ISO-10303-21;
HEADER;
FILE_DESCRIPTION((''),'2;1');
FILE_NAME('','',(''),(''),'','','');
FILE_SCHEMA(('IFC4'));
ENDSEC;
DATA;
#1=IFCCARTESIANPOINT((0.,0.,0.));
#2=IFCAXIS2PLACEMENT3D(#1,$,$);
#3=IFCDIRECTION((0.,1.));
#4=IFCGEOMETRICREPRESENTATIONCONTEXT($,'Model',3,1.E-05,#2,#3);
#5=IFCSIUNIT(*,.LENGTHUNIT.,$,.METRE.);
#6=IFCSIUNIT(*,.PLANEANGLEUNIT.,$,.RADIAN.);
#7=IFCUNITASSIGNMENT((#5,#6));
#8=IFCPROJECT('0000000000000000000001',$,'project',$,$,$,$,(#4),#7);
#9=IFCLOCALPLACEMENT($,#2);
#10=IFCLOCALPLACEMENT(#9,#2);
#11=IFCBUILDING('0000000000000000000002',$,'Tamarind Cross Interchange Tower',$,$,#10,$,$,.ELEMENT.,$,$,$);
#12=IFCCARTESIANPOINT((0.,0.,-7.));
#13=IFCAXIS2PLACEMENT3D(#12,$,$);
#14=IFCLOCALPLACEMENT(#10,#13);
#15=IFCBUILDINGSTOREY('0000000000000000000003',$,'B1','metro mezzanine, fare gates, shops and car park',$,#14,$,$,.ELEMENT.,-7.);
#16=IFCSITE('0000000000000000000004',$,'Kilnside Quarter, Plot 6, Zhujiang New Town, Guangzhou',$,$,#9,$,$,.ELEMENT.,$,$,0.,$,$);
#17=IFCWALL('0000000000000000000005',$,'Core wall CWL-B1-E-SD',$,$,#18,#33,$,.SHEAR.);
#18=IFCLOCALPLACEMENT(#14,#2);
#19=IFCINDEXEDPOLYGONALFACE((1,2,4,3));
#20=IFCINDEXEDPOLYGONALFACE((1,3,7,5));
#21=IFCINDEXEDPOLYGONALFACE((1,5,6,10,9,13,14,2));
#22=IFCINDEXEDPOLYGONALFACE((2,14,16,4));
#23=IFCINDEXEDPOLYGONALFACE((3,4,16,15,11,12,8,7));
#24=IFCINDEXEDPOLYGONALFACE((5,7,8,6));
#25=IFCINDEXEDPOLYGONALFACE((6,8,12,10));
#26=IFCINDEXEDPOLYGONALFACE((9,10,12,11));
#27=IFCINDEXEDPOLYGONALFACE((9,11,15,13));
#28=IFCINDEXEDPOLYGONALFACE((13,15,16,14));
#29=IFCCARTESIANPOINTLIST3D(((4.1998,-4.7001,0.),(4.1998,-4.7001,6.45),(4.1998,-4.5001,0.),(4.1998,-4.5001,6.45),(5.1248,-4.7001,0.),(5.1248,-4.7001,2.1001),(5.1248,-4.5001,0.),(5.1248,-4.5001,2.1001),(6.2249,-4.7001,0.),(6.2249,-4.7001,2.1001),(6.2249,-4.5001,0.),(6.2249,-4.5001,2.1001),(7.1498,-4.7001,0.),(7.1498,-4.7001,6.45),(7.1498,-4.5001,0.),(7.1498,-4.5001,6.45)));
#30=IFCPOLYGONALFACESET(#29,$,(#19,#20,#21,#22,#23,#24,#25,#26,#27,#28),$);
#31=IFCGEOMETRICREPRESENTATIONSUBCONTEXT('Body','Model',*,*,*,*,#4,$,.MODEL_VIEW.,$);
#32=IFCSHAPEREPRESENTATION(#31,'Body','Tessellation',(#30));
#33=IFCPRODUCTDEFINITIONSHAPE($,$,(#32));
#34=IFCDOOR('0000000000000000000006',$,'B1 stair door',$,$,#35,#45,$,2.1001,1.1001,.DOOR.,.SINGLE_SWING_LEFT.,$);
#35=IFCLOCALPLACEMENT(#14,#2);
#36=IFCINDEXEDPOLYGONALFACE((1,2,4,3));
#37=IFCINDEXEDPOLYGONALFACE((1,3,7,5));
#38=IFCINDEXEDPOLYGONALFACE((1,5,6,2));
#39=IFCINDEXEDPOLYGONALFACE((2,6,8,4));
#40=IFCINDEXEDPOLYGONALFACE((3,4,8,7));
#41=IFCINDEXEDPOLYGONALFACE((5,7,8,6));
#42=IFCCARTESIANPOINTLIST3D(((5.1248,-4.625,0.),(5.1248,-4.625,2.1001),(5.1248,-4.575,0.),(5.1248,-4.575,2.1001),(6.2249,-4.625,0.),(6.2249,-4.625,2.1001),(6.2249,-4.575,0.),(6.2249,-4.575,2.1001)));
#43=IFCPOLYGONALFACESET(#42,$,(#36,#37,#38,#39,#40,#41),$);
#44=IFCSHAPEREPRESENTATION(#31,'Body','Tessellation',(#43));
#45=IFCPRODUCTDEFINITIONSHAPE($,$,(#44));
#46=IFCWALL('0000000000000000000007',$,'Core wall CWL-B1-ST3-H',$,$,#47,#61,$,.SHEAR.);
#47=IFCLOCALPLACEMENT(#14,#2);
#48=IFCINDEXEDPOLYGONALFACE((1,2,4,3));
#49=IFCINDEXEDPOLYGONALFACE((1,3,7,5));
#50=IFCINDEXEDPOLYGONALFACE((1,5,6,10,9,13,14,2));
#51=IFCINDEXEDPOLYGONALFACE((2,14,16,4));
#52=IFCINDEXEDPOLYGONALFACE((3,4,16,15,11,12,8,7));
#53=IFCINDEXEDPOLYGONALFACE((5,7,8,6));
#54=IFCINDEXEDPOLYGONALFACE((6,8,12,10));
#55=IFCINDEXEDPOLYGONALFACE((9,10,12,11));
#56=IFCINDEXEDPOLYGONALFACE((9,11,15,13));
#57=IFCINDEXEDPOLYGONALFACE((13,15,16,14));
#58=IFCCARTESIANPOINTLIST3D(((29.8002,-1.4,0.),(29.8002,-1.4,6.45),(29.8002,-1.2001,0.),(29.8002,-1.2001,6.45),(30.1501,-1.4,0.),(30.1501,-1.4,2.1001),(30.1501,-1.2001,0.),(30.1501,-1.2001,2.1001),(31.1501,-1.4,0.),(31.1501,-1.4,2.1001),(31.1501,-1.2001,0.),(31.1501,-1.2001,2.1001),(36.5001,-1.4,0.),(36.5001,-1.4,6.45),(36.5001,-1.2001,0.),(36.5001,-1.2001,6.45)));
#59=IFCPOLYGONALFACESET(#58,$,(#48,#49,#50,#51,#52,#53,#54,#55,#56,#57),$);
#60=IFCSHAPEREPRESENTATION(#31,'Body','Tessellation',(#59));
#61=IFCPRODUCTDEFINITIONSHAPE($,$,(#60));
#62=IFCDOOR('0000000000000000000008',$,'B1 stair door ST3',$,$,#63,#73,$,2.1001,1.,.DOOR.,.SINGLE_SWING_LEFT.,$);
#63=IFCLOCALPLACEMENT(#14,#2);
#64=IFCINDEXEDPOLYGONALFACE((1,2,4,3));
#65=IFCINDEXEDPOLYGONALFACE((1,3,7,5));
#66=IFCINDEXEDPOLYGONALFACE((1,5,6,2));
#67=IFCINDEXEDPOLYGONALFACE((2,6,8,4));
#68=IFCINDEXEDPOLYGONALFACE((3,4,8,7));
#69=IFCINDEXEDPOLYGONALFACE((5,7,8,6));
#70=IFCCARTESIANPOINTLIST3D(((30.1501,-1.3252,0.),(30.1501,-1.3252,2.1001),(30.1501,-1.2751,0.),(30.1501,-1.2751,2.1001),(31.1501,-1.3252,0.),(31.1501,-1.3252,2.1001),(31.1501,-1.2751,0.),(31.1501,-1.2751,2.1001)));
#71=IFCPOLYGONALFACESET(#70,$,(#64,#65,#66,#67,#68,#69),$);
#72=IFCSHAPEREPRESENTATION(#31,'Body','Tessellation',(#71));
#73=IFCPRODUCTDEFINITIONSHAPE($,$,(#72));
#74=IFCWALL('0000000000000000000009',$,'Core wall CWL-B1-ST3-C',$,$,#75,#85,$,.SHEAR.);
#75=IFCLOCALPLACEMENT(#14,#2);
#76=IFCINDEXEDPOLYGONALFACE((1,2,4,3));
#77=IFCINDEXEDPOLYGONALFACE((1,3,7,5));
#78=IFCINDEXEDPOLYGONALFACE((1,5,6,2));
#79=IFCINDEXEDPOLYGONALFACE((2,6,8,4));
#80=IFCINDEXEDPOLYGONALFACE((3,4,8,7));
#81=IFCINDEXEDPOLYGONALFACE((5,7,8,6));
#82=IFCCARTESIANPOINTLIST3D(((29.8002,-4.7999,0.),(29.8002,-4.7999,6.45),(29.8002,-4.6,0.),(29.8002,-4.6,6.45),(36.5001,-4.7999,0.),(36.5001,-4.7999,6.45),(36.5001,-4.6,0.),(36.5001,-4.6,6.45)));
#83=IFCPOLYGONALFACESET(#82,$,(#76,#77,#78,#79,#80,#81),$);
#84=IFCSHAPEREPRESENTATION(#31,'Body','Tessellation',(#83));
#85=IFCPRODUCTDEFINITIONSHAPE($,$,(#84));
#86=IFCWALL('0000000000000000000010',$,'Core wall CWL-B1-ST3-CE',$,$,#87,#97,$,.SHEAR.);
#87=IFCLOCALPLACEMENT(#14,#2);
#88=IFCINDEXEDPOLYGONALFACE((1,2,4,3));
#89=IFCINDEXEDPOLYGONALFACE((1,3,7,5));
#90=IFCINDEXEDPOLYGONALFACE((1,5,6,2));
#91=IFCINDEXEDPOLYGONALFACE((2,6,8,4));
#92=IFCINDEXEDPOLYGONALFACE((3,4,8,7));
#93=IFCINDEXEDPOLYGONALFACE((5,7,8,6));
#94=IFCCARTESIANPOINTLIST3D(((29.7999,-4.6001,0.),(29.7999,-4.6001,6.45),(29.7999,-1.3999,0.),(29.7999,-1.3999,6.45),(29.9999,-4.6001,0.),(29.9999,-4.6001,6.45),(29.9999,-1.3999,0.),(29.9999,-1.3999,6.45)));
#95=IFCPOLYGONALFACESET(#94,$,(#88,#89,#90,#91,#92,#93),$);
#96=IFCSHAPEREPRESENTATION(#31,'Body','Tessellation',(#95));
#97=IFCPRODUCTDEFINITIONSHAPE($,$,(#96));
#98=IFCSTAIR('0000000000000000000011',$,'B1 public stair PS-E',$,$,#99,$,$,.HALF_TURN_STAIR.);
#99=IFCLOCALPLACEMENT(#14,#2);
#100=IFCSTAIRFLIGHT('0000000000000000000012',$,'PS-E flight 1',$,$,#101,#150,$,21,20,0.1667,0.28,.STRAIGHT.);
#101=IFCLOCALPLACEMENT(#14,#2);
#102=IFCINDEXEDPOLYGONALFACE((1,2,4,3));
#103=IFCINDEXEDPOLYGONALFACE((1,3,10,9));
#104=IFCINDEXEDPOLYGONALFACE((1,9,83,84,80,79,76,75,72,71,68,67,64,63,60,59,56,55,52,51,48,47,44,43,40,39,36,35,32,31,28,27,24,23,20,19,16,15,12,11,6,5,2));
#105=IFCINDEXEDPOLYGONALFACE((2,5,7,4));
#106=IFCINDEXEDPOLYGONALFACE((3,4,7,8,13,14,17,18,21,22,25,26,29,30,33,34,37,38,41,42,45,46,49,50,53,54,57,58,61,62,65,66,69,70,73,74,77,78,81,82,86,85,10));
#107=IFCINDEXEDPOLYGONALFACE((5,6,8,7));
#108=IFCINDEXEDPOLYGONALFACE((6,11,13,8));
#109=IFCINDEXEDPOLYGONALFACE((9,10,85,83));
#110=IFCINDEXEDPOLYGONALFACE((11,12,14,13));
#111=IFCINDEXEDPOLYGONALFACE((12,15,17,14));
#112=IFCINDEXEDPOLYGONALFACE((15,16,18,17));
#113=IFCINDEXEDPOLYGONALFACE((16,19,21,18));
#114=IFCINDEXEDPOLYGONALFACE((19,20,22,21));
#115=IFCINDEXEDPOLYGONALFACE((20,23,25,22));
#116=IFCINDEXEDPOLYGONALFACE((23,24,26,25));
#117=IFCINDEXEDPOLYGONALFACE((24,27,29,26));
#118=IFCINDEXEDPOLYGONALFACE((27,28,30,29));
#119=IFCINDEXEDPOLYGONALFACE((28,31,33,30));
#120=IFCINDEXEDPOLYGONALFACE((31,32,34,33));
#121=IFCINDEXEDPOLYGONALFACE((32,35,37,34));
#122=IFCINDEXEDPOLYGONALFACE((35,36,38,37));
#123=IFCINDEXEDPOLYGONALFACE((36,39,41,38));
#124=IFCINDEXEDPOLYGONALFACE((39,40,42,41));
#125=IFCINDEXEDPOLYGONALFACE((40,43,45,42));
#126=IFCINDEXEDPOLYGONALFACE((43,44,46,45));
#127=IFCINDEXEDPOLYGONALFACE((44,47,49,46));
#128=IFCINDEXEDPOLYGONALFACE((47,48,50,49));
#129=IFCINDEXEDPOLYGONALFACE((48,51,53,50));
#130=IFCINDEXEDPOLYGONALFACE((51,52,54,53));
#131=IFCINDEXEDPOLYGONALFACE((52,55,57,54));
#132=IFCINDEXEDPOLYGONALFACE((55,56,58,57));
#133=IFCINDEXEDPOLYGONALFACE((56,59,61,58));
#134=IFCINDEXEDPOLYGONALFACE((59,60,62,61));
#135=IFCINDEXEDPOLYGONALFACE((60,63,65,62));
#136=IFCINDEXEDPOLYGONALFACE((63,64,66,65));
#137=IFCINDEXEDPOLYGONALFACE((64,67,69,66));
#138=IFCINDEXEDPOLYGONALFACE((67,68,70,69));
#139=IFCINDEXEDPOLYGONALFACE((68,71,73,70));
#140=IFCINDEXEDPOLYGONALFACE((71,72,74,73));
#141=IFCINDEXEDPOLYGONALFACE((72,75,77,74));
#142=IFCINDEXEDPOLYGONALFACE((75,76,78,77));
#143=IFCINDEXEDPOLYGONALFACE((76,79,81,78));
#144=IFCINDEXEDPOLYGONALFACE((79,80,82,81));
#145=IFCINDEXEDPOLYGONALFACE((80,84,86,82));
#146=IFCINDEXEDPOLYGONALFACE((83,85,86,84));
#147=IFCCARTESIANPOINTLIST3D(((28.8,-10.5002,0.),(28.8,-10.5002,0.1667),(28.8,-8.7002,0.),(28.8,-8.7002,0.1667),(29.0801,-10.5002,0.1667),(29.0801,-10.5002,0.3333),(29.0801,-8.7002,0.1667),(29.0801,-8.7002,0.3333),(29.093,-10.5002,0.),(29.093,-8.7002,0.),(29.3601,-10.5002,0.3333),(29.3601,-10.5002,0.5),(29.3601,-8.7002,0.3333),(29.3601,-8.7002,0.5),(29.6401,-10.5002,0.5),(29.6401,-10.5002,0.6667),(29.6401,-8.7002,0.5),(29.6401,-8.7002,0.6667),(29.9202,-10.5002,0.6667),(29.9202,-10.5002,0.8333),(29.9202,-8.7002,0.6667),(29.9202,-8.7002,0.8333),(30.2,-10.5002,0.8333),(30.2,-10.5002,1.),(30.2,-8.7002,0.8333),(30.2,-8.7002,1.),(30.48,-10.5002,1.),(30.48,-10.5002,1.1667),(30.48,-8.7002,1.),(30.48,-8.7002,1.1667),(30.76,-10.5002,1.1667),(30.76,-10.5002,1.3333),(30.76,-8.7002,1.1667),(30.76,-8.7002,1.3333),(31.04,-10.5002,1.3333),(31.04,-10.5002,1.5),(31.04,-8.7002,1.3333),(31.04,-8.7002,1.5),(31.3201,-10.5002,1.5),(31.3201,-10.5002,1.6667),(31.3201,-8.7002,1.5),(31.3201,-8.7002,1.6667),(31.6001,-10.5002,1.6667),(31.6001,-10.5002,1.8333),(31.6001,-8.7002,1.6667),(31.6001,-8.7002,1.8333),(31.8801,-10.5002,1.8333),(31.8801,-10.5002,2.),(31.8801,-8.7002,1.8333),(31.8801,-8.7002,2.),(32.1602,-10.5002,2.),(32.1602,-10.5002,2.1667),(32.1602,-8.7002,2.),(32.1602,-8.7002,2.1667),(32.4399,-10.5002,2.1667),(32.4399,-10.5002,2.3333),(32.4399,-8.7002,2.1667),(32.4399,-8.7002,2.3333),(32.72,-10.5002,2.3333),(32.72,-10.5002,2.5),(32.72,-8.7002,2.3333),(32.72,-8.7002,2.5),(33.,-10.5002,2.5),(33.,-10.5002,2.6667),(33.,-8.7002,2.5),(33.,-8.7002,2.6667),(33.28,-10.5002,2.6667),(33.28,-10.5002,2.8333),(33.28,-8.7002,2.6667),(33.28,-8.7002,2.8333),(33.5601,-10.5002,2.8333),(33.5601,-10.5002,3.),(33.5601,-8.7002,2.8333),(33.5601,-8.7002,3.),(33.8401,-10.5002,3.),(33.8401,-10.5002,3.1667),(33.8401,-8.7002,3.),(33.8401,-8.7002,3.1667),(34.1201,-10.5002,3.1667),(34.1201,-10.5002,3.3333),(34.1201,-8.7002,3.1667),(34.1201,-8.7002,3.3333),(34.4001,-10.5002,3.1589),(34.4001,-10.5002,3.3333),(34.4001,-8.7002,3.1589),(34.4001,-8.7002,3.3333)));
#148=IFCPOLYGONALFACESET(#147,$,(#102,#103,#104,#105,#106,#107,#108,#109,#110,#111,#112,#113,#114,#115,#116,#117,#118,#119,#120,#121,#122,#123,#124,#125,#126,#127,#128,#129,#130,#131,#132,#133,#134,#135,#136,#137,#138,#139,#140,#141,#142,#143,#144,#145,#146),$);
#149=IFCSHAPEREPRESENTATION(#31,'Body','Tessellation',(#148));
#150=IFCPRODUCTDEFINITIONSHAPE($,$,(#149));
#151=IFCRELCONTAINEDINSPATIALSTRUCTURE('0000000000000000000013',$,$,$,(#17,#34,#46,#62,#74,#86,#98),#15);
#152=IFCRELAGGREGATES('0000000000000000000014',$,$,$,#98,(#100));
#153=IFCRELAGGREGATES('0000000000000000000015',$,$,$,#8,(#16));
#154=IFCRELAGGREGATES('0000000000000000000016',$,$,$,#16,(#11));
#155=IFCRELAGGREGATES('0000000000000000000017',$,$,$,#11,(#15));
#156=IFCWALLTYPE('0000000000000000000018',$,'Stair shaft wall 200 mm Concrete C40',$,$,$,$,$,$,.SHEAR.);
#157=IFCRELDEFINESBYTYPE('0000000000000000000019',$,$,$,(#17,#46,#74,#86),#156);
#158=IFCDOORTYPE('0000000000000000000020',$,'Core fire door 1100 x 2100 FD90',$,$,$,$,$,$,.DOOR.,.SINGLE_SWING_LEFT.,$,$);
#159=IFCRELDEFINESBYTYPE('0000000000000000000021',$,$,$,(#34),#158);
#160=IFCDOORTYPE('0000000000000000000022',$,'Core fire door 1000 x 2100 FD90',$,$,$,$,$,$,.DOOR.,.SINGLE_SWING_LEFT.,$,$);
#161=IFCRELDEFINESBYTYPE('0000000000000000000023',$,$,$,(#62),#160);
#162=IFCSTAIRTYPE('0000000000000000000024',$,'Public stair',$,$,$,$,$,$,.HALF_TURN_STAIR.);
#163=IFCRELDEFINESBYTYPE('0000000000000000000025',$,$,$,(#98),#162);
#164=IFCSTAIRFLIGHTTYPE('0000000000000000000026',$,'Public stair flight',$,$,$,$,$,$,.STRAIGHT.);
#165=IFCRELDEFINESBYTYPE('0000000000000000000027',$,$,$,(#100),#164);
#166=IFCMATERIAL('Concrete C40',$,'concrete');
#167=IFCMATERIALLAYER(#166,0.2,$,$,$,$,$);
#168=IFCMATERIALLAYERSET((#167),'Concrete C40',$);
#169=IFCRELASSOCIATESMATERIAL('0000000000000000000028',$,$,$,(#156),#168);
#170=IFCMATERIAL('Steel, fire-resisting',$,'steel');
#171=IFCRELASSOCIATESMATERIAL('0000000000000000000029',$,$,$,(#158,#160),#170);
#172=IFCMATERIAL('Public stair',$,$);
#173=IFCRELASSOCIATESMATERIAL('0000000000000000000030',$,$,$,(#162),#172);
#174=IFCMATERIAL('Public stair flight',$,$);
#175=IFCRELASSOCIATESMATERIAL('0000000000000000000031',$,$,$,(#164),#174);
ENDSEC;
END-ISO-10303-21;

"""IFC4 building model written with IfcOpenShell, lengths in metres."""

from ifc_helpers import new_model, si_unit, direction, frame, frame_2d, origin, place, context, subcontext, project, spatial, polyline, rectangle, outline, extrude, material, layer, layer_set, type_object, element, fill, aggregate, save


model = new_model("IFC4")

# Units and contexts
model_context = context("Model", 3, precision=1e-05, world=origin(), true_north=direction((0.0, 1.0)))
body_context = subcontext(model_context, "Body", "Model", "MODEL_VIEW")
ifc_project = project(units=[si_unit("LENGTHUNIT", "METRE"), si_unit("PLANEANGLEUNIT", "RADIAN")], contexts=[model_context])

# Site, building, storey
site_placement = place(None, origin())
site = spatial("IfcSite", under=ifc_project, at=site_placement, Name="Kilnside Quarter, Plot 6, Zhujiang New Town, Guangzhou", CompositionType="ELEMENT", RefElevation=0.0)
building_placement = place(site_placement, origin())
building = spatial("IfcBuilding", under=site, at=building_placement, Name="Tamarind Cross Interchange Tower", CompositionType="ELEMENT")
storey_placement = place(building_placement, frame((0.0, 0.0, -7.0)))
storey = spatial("IfcBuildingStorey", under=building, at=storey_placement, Name="B1", Description="metro mezzanine, fare gates, shops and car park", CompositionType="ELEMENT", Elevation=-7.0)

# Shared definitions
ifc_material_1 = material(Name="Steel, fire-resisting", Category="steel")

# Shared definitions
ifc_material_2 = material(Name="Concrete C40", Category="concrete")

# Walls, openings, doors
ifc_layer_1 = layer(ifc_material_2, 0.2)
ifc_layer_set_1 = layer_set([ifc_layer_1], Name="Concrete C40")
wall_type_1 = type_object("IfcWallType", Name="Stair shaft wall 200 mm Concrete C40", PredefinedType="SHEAR", material=ifc_layer_set_1)
wall_1_placement = place(storey_placement, frame((7.1499, -4.6001, 0.0), z_axis=(0.0, 0.0, 1.0), x_axis=(-1.0, 0.0, 0.0)))
wall_1 = element("IfcWall", 1, at=wall_1_placement, inside=storey, type_object=wall_type_1, Name="Core wall CWL-B1-E-SD", PredefinedType="SHEAR", context=body_context, shape_type="SweptSolid", body=[
    extrude(rectangle(XDim=2.95, YDim=0.2, at=frame_2d((1.4751, 0.0))), origin(), (0.0, 0.0, 1.0), 6.45),
])
opening_1_placement = place(wall_1_placement, frame((0.925, 0.0, 0.0)))
opening_1 = element("IfcOpeningElement", 2, at=opening_1_placement, cuts=wall_1, PredefinedType="OPENING", context=body_context, shape_type="SweptSolid", body=[
    extrude(rectangle(XDim=1.1001, YDim=2.1001, at=frame_2d((0.55, 1.05))), frame((0.0, 0.1099, 0.0), z_axis=(0.0, -1.0, 0.0), x_axis=(1.0, 0.0, 0.0)), (0.0, 0.0, 1.0), 0.22),
])
door_type_1 = type_object("IfcDoorType", Name="Core fire door 1100 x 2100 FD90", OperationType="SINGLE_SWING_LEFT", PredefinedType="DOOR", material=ifc_material_1)
door_1_placement = place(opening_1_placement, origin())
door_1 = element("IfcDoor", 3, at=door_1_placement, inside=storey, type_object=door_type_1, Name="B1 stair door", OperationType="SINGLE_SWING_LEFT", OverallHeight=2.1001, OverallWidth=1.1001, PredefinedType="DOOR", context=body_context, shape_type="SweptSolid", body=[
    extrude(rectangle(XDim=1.1001, YDim=2.1001, at=frame_2d((0.55, 1.05))), frame((0.0, 0.0249, 0.0), z_axis=(0.0, -1.0, 0.0), x_axis=(1.0, 0.0, 0.0)), (0.0, 0.0, 1.0), 0.05),
])
fill(opening_1, door_1)
wall_2_placement = place(storey_placement, frame((29.8, -1.3, 0.0), z_axis=(0.0, 0.0, 1.0), x_axis=(1.0, 0.0, 0.0)))
wall_2 = element("IfcWall", 4, at=wall_2_placement, inside=storey, type_object=wall_type_1, Name="Core wall CWL-B1-ST3-H", PredefinedType="SHEAR", context=body_context, shape_type="SweptSolid", body=[
    extrude(rectangle(XDim=6.7, YDim=0.2, at=frame_2d((3.3501, 0.0))), origin(), (0.0, 0.0, 1.0), 6.45),
])
opening_2_placement = place(wall_2_placement, frame((0.3501, 0.0, 0.0)))
opening_2 = element("IfcOpeningElement", 5, at=opening_2_placement, cuts=wall_2, PredefinedType="OPENING", context=body_context, shape_type="SweptSolid", body=[
    extrude(rectangle(XDim=1.0, YDim=2.1001, at=frame_2d((0.5, 1.05))), frame((0.0, 0.1099, 0.0), z_axis=(0.0, -1.0, 0.0), x_axis=(1.0, 0.0, 0.0)), (0.0, 0.0, 1.0), 0.22),
])
door_type_2 = type_object("IfcDoorType", Name="Core fire door 1000 x 2100 FD90", OperationType="SINGLE_SWING_LEFT", PredefinedType="DOOR", material=ifc_material_1)
door_2_placement = place(opening_2_placement, origin())
door_2 = element("IfcDoor", 6, at=door_2_placement, inside=storey, type_object=door_type_2, Name="B1 stair door ST3", OperationType="SINGLE_SWING_LEFT", OverallHeight=2.1001, OverallWidth=1.0, PredefinedType="DOOR", context=body_context, shape_type="SweptSolid", body=[
    extrude(rectangle(XDim=1.0, YDim=2.1001, at=frame_2d((0.5, 1.05))), frame((0.0, 0.0249, 0.0), z_axis=(0.0, -1.0, 0.0), x_axis=(1.0, 0.0, 0.0)), (0.0, 0.0, 1.0), 0.05),
])
fill(opening_2, door_2)

# Walls
wall_3_placement = place(storey_placement, frame((29.8, -4.7, 0.0), z_axis=(0.0, 0.0, 1.0), x_axis=(1.0, 0.0, 0.0)))
element("IfcWall", 7, at=wall_3_placement, inside=storey, type_object=wall_type_1, Name="Core wall CWL-B1-ST3-C", PredefinedType="SHEAR", context=body_context, shape_type="SweptSolid", body=[
    extrude(rectangle(XDim=6.7, YDim=0.2, at=frame_2d((3.3501, 0.0))), origin(), (0.0, 0.0, 1.0), 6.45),
])
wall_4_placement = place(storey_placement, frame((29.8999, -4.6001, 0.0), z_axis=(0.0, 0.0, 1.0), x_axis=(0.0, 1.0, 0.0)))
element("IfcWall", 8, at=wall_4_placement, inside=storey, type_object=wall_type_1, Name="Core wall CWL-B1-ST3-CE", PredefinedType="SHEAR", context=body_context, shape_type="SweptSolid", body=[
    extrude(rectangle(XDim=3.2002, YDim=0.2, at=frame_2d((1.6001, 0.0))), origin(), (0.0, 0.0, 1.0), 6.45),
])

# Stair, stair flight
ifc_material_3 = material(Name="Public stair")
stair_type = type_object("IfcStairType", Name="Public stair", PredefinedType="HALF_TURN_STAIR", material=ifc_material_3)
stair_placement = place(storey_placement, origin())
stair = element("IfcStair", 9, at=stair_placement, inside=storey, type_object=stair_type, Name="B1 public stair PS-E", PredefinedType="HALF_TURN_STAIR")
ifc_material_4 = material(Name="Public stair flight")
stair_flight_type = type_object("IfcStairFlightType", Name="Public stair flight", PredefinedType="STRAIGHT", material=ifc_material_4)
stair_flight_placement = place(storey_placement, frame((28.8, -9.6001, 0.0), z_axis=(0.0, 0.0, 1.0), x_axis=(1.0, 0.0, 0.0)))
stair_flight = element("IfcStairFlight", 10, at=stair_flight_placement, type_object=stair_flight_type, Name="PS-E flight 1", NumberOfRisers=21, NumberOfTreads=20, PredefinedType="STRAIGHT", RiserHeight=0.1667, TreadLength=0.28, context=body_context, shape_type="SweptSolid", body=[
    extrude(outline(polyline([(0.0, 0.0), (0.0, 0.1667), (0.28, 0.1667), (0.28, 0.3333), (0.5601, 0.3333), (0.5601, 0.5), (0.8401, 0.5), (0.8401, 0.6667), (1.1201, 0.6667), (1.1201, 0.8333), (1.3999, 0.8333), (1.3999, 1.0), (1.6799, 1.0), (1.6799, 1.1667), (1.96, 1.1667), (1.96, 1.3333), (2.24, 1.3333), (2.24, 1.5), (2.52, 1.5), (2.52, 1.6667), (2.8, 1.6667), (2.8, 1.8333), (3.0801, 1.8333), (3.0801, 2.0), (3.3601, 2.0), (3.3601, 2.1667), (3.6399, 2.1667), (3.6399, 2.3333), (3.9199, 2.3333), (3.9199, 2.5), (4.2, 2.5), (4.2, 2.6667), (4.48, 2.6667), (4.48, 2.8333), (4.76, 2.8333), (4.76, 3.0), (5.04, 3.0), (5.04, 3.1667), (5.3201, 3.1667), (5.3201, 3.3333), (5.6001, 3.3333), (5.6001, 3.5), (5.6001, 3.1589), (0.293, 0.0), (0.0, 0.0)])), frame((0.0, 0.8999, 0.0), z_axis=(0.0, -1.0, 0.0), x_axis=(1.0, 0.0, 0.0)), (0.0, 0.0, 1.0), 1.8),
])
aggregate(stair, [stair_flight])

save(model, "model.ifc")
